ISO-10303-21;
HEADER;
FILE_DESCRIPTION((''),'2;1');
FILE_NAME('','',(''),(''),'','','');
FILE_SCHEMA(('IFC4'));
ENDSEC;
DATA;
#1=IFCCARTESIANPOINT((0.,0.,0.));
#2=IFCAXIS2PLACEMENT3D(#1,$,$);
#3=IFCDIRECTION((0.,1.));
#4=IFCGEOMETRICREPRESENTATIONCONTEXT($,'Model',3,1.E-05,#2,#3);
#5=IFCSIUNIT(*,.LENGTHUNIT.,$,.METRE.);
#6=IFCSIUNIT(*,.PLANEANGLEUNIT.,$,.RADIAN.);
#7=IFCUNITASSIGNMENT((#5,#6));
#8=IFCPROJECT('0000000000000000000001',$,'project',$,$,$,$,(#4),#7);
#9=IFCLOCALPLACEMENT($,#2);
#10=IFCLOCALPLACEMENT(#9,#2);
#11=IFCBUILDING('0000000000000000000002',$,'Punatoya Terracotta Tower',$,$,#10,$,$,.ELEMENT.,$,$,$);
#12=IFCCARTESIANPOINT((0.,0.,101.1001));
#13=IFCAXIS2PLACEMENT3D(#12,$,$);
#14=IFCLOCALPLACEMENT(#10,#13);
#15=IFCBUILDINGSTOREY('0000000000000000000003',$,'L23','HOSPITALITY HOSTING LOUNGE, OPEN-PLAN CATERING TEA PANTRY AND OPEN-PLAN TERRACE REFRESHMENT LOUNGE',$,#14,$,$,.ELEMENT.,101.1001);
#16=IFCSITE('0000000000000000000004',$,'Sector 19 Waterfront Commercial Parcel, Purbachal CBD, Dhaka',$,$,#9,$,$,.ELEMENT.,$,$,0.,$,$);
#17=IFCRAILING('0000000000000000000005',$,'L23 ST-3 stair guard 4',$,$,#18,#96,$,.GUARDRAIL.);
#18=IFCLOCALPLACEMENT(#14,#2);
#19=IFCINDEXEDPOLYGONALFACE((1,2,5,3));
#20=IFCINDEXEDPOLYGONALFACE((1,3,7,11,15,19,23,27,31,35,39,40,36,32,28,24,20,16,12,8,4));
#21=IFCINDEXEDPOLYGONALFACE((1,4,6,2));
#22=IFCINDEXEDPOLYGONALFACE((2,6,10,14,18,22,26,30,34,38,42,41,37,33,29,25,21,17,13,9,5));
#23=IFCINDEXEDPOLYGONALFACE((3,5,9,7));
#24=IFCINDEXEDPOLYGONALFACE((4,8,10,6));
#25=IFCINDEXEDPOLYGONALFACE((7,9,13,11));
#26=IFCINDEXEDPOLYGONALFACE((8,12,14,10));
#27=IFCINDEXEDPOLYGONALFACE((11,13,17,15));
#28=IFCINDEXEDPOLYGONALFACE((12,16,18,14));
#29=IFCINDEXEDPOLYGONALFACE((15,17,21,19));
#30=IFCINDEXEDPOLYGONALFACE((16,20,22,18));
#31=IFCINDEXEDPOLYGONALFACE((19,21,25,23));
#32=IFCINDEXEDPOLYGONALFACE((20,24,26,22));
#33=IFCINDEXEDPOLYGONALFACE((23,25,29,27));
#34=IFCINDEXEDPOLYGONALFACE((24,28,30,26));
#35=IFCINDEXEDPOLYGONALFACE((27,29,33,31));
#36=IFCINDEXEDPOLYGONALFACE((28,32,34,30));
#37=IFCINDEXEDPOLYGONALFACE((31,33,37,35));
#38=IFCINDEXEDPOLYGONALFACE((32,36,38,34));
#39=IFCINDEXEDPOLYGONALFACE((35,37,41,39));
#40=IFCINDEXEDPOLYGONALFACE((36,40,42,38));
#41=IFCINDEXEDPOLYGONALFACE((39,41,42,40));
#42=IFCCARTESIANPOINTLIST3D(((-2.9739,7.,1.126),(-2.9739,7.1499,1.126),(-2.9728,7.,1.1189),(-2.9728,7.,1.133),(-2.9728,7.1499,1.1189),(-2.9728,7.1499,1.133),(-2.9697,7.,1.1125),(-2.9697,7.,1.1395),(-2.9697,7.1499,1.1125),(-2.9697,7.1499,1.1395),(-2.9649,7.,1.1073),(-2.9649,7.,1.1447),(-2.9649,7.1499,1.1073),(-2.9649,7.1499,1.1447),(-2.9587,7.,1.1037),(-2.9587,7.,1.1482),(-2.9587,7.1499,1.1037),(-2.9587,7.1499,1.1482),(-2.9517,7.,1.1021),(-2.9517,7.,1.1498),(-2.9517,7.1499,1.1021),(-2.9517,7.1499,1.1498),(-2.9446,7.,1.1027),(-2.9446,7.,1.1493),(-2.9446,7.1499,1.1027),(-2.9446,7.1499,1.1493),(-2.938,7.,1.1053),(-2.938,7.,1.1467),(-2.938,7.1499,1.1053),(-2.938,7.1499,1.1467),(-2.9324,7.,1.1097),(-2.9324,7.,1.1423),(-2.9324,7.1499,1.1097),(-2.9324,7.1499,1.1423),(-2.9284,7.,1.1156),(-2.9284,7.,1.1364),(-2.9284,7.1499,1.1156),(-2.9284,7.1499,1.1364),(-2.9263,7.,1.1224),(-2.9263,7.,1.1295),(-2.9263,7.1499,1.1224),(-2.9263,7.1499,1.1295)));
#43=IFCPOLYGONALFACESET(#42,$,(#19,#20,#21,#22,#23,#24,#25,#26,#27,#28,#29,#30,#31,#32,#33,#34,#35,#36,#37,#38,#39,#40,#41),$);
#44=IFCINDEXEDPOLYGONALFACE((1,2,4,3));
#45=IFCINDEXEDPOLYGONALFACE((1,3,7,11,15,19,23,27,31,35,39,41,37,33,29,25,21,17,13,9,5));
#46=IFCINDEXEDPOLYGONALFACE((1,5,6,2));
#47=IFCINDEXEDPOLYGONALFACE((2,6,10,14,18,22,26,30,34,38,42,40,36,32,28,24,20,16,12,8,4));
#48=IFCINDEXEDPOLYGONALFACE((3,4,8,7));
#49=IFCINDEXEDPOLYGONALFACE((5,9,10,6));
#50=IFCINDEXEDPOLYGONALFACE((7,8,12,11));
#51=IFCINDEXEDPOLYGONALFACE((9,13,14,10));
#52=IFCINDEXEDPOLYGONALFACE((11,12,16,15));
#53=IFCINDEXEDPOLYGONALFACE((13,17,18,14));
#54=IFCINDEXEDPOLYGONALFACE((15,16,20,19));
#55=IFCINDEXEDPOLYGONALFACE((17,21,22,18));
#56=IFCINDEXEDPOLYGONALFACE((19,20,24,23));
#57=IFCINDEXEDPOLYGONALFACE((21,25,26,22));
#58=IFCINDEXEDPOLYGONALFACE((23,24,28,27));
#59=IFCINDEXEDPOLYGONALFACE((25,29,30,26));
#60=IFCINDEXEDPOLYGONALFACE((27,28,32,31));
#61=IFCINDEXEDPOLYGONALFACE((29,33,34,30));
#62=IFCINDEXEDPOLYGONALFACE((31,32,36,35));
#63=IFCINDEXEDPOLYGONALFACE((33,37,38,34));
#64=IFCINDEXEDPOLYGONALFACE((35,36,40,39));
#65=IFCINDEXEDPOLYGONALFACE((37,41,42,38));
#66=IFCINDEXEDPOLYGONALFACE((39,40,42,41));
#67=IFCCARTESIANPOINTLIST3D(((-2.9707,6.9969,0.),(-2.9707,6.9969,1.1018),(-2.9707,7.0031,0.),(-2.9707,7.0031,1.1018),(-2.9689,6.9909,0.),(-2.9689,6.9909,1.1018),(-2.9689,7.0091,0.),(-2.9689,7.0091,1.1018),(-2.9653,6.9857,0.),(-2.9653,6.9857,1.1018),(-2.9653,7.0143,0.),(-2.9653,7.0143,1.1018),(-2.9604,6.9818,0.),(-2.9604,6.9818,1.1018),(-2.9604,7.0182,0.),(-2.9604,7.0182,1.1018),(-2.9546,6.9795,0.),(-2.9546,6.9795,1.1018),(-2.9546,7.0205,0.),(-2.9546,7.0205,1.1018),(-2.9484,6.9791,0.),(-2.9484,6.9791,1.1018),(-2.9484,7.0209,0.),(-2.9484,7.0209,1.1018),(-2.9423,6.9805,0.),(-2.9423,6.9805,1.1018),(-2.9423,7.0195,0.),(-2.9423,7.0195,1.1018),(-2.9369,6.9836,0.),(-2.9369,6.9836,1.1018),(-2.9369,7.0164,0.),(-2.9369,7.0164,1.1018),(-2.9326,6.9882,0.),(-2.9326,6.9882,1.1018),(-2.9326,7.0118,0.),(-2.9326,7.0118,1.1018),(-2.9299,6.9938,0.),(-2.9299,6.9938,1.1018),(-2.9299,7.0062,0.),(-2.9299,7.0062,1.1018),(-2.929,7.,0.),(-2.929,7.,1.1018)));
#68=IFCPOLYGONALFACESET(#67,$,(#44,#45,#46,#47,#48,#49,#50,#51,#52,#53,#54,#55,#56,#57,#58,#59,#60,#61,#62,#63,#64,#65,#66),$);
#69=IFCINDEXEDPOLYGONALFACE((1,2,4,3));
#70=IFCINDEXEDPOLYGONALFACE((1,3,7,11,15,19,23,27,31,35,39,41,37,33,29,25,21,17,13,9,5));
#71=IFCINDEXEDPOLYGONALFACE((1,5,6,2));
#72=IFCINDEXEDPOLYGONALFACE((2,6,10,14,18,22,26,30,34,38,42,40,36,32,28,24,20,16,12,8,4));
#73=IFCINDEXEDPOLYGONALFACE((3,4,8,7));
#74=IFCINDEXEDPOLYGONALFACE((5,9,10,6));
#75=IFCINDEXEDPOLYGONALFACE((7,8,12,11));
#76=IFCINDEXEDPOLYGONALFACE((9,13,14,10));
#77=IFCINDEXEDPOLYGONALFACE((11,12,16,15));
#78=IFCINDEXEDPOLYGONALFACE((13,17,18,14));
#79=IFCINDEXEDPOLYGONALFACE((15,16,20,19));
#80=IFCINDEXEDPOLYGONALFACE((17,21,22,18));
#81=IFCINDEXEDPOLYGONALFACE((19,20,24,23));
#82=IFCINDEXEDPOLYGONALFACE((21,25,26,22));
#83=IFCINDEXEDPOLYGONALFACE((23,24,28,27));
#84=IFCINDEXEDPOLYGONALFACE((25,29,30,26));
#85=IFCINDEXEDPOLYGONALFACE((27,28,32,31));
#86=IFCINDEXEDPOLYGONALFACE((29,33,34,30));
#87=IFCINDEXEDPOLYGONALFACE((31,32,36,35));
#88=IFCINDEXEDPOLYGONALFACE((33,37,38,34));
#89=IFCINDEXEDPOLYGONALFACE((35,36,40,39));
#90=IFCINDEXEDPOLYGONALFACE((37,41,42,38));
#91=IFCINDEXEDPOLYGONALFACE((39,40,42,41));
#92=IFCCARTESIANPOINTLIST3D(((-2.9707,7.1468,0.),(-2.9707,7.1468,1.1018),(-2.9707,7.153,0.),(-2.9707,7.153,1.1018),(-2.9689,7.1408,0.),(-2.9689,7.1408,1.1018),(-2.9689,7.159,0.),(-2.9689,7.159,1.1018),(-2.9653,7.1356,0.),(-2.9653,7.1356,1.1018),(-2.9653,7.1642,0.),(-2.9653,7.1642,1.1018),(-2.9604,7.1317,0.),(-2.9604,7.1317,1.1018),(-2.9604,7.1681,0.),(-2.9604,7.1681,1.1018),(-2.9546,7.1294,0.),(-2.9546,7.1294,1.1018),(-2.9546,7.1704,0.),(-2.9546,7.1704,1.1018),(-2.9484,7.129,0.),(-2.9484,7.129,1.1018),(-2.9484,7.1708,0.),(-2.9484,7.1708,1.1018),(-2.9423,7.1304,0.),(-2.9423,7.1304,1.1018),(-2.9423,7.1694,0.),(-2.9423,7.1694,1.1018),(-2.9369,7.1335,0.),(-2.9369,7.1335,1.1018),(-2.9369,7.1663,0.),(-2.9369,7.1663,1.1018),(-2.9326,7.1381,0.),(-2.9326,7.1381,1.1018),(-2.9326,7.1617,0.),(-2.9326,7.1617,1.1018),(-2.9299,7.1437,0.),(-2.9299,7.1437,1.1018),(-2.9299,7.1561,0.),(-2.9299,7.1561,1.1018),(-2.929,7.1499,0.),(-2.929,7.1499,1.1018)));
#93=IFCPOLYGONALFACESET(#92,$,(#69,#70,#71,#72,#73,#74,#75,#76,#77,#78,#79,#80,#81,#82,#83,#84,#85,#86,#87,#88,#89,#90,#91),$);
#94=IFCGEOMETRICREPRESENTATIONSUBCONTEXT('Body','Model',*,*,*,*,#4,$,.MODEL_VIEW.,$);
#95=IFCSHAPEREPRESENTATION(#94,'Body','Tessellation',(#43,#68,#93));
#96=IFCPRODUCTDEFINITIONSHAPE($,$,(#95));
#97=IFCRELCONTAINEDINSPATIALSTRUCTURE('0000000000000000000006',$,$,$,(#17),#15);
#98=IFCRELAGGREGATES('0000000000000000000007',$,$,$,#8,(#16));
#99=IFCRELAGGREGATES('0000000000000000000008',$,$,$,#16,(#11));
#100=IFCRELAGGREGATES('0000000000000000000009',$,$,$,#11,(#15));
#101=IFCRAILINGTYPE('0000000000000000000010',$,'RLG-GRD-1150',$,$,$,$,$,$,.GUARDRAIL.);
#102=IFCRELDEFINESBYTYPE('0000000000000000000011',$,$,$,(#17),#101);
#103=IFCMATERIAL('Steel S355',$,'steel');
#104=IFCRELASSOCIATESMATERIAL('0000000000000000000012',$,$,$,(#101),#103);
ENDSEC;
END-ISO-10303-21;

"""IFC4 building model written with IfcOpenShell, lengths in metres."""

from ifc_helpers import new_model, si_unit, direction, frame, origin, origin_2d, place, context, subcontext, project, spatial, circle, extrude, material, type_object, element, save


model = new_model("IFC4")

# Units and contexts
model_context = context("Model", 3, precision=1e-05, world=origin(), true_north=direction((0.0, 1.0)))
body_context = subcontext(model_context, "Body", "Model", "MODEL_VIEW")
ifc_project = project(units=[si_unit("LENGTHUNIT", "METRE"), si_unit("PLANEANGLEUNIT", "RADIAN")], contexts=[model_context])

# Site, building, storey
site_placement = place(None, origin())
site = spatial("IfcSite", under=ifc_project, at=site_placement, Name="Sector 19 Waterfront Commercial Parcel, Purbachal CBD, Dhaka", CompositionType="ELEMENT", RefElevation=0.0)
building_placement = place(site_placement, origin())
building = spatial("IfcBuilding", under=site, at=building_placement, Name="Punatoya Terracotta Tower", CompositionType="ELEMENT")
storey_placement = place(building_placement, frame((0.0, 0.0, 101.1001)))
storey = spatial("IfcBuildingStorey", under=building, at=storey_placement, Name="L23", Description="HOSPITALITY HOSTING LOUNGE, OPEN-PLAN CATERING TEA PANTRY AND OPEN-PLAN TERRACE REFRESHMENT LOUNGE", CompositionType="ELEMENT", Elevation=101.1001)

# Shared definitions
ifc_material_1 = material(Name="Steel S355", Category="steel")

# Railing
railing_type_1 = type_object("IfcRailingType", Name="RLG-GRD-1150", PredefinedType="GUARDRAIL", material=ifc_material_1)
railing_1_placement = place(storey_placement, frame((-2.95, 7.0, 0.0)))
element("IfcRailing", 1, at=railing_1_placement, inside=storey, type_object=railing_type_1, Name="L23 ST-3 stair guard 4", PredefinedType="GUARDRAIL", context=body_context, shape_type="SweptSolid", body=[
    extrude(circle(Radius=0.0239, at=origin_2d()), frame((0.0, 0.0, 1.126), z_axis=(0.0, 1.0, 0.0), x_axis=(-1.0, 0.0, 0.0)), (0.0, 0.0, 1.0), 0.1499),
    extrude(circle(Radius=0.021, at=origin_2d()), origin(), (0.0, 0.0, 1.0), 1.1018),
    extrude(circle(Radius=0.021, at=origin_2d()), frame((0.0, 0.1499, 0.0)), (0.0, 0.0, 1.0), 1.1018),
])

save(model, "model.ifc")
